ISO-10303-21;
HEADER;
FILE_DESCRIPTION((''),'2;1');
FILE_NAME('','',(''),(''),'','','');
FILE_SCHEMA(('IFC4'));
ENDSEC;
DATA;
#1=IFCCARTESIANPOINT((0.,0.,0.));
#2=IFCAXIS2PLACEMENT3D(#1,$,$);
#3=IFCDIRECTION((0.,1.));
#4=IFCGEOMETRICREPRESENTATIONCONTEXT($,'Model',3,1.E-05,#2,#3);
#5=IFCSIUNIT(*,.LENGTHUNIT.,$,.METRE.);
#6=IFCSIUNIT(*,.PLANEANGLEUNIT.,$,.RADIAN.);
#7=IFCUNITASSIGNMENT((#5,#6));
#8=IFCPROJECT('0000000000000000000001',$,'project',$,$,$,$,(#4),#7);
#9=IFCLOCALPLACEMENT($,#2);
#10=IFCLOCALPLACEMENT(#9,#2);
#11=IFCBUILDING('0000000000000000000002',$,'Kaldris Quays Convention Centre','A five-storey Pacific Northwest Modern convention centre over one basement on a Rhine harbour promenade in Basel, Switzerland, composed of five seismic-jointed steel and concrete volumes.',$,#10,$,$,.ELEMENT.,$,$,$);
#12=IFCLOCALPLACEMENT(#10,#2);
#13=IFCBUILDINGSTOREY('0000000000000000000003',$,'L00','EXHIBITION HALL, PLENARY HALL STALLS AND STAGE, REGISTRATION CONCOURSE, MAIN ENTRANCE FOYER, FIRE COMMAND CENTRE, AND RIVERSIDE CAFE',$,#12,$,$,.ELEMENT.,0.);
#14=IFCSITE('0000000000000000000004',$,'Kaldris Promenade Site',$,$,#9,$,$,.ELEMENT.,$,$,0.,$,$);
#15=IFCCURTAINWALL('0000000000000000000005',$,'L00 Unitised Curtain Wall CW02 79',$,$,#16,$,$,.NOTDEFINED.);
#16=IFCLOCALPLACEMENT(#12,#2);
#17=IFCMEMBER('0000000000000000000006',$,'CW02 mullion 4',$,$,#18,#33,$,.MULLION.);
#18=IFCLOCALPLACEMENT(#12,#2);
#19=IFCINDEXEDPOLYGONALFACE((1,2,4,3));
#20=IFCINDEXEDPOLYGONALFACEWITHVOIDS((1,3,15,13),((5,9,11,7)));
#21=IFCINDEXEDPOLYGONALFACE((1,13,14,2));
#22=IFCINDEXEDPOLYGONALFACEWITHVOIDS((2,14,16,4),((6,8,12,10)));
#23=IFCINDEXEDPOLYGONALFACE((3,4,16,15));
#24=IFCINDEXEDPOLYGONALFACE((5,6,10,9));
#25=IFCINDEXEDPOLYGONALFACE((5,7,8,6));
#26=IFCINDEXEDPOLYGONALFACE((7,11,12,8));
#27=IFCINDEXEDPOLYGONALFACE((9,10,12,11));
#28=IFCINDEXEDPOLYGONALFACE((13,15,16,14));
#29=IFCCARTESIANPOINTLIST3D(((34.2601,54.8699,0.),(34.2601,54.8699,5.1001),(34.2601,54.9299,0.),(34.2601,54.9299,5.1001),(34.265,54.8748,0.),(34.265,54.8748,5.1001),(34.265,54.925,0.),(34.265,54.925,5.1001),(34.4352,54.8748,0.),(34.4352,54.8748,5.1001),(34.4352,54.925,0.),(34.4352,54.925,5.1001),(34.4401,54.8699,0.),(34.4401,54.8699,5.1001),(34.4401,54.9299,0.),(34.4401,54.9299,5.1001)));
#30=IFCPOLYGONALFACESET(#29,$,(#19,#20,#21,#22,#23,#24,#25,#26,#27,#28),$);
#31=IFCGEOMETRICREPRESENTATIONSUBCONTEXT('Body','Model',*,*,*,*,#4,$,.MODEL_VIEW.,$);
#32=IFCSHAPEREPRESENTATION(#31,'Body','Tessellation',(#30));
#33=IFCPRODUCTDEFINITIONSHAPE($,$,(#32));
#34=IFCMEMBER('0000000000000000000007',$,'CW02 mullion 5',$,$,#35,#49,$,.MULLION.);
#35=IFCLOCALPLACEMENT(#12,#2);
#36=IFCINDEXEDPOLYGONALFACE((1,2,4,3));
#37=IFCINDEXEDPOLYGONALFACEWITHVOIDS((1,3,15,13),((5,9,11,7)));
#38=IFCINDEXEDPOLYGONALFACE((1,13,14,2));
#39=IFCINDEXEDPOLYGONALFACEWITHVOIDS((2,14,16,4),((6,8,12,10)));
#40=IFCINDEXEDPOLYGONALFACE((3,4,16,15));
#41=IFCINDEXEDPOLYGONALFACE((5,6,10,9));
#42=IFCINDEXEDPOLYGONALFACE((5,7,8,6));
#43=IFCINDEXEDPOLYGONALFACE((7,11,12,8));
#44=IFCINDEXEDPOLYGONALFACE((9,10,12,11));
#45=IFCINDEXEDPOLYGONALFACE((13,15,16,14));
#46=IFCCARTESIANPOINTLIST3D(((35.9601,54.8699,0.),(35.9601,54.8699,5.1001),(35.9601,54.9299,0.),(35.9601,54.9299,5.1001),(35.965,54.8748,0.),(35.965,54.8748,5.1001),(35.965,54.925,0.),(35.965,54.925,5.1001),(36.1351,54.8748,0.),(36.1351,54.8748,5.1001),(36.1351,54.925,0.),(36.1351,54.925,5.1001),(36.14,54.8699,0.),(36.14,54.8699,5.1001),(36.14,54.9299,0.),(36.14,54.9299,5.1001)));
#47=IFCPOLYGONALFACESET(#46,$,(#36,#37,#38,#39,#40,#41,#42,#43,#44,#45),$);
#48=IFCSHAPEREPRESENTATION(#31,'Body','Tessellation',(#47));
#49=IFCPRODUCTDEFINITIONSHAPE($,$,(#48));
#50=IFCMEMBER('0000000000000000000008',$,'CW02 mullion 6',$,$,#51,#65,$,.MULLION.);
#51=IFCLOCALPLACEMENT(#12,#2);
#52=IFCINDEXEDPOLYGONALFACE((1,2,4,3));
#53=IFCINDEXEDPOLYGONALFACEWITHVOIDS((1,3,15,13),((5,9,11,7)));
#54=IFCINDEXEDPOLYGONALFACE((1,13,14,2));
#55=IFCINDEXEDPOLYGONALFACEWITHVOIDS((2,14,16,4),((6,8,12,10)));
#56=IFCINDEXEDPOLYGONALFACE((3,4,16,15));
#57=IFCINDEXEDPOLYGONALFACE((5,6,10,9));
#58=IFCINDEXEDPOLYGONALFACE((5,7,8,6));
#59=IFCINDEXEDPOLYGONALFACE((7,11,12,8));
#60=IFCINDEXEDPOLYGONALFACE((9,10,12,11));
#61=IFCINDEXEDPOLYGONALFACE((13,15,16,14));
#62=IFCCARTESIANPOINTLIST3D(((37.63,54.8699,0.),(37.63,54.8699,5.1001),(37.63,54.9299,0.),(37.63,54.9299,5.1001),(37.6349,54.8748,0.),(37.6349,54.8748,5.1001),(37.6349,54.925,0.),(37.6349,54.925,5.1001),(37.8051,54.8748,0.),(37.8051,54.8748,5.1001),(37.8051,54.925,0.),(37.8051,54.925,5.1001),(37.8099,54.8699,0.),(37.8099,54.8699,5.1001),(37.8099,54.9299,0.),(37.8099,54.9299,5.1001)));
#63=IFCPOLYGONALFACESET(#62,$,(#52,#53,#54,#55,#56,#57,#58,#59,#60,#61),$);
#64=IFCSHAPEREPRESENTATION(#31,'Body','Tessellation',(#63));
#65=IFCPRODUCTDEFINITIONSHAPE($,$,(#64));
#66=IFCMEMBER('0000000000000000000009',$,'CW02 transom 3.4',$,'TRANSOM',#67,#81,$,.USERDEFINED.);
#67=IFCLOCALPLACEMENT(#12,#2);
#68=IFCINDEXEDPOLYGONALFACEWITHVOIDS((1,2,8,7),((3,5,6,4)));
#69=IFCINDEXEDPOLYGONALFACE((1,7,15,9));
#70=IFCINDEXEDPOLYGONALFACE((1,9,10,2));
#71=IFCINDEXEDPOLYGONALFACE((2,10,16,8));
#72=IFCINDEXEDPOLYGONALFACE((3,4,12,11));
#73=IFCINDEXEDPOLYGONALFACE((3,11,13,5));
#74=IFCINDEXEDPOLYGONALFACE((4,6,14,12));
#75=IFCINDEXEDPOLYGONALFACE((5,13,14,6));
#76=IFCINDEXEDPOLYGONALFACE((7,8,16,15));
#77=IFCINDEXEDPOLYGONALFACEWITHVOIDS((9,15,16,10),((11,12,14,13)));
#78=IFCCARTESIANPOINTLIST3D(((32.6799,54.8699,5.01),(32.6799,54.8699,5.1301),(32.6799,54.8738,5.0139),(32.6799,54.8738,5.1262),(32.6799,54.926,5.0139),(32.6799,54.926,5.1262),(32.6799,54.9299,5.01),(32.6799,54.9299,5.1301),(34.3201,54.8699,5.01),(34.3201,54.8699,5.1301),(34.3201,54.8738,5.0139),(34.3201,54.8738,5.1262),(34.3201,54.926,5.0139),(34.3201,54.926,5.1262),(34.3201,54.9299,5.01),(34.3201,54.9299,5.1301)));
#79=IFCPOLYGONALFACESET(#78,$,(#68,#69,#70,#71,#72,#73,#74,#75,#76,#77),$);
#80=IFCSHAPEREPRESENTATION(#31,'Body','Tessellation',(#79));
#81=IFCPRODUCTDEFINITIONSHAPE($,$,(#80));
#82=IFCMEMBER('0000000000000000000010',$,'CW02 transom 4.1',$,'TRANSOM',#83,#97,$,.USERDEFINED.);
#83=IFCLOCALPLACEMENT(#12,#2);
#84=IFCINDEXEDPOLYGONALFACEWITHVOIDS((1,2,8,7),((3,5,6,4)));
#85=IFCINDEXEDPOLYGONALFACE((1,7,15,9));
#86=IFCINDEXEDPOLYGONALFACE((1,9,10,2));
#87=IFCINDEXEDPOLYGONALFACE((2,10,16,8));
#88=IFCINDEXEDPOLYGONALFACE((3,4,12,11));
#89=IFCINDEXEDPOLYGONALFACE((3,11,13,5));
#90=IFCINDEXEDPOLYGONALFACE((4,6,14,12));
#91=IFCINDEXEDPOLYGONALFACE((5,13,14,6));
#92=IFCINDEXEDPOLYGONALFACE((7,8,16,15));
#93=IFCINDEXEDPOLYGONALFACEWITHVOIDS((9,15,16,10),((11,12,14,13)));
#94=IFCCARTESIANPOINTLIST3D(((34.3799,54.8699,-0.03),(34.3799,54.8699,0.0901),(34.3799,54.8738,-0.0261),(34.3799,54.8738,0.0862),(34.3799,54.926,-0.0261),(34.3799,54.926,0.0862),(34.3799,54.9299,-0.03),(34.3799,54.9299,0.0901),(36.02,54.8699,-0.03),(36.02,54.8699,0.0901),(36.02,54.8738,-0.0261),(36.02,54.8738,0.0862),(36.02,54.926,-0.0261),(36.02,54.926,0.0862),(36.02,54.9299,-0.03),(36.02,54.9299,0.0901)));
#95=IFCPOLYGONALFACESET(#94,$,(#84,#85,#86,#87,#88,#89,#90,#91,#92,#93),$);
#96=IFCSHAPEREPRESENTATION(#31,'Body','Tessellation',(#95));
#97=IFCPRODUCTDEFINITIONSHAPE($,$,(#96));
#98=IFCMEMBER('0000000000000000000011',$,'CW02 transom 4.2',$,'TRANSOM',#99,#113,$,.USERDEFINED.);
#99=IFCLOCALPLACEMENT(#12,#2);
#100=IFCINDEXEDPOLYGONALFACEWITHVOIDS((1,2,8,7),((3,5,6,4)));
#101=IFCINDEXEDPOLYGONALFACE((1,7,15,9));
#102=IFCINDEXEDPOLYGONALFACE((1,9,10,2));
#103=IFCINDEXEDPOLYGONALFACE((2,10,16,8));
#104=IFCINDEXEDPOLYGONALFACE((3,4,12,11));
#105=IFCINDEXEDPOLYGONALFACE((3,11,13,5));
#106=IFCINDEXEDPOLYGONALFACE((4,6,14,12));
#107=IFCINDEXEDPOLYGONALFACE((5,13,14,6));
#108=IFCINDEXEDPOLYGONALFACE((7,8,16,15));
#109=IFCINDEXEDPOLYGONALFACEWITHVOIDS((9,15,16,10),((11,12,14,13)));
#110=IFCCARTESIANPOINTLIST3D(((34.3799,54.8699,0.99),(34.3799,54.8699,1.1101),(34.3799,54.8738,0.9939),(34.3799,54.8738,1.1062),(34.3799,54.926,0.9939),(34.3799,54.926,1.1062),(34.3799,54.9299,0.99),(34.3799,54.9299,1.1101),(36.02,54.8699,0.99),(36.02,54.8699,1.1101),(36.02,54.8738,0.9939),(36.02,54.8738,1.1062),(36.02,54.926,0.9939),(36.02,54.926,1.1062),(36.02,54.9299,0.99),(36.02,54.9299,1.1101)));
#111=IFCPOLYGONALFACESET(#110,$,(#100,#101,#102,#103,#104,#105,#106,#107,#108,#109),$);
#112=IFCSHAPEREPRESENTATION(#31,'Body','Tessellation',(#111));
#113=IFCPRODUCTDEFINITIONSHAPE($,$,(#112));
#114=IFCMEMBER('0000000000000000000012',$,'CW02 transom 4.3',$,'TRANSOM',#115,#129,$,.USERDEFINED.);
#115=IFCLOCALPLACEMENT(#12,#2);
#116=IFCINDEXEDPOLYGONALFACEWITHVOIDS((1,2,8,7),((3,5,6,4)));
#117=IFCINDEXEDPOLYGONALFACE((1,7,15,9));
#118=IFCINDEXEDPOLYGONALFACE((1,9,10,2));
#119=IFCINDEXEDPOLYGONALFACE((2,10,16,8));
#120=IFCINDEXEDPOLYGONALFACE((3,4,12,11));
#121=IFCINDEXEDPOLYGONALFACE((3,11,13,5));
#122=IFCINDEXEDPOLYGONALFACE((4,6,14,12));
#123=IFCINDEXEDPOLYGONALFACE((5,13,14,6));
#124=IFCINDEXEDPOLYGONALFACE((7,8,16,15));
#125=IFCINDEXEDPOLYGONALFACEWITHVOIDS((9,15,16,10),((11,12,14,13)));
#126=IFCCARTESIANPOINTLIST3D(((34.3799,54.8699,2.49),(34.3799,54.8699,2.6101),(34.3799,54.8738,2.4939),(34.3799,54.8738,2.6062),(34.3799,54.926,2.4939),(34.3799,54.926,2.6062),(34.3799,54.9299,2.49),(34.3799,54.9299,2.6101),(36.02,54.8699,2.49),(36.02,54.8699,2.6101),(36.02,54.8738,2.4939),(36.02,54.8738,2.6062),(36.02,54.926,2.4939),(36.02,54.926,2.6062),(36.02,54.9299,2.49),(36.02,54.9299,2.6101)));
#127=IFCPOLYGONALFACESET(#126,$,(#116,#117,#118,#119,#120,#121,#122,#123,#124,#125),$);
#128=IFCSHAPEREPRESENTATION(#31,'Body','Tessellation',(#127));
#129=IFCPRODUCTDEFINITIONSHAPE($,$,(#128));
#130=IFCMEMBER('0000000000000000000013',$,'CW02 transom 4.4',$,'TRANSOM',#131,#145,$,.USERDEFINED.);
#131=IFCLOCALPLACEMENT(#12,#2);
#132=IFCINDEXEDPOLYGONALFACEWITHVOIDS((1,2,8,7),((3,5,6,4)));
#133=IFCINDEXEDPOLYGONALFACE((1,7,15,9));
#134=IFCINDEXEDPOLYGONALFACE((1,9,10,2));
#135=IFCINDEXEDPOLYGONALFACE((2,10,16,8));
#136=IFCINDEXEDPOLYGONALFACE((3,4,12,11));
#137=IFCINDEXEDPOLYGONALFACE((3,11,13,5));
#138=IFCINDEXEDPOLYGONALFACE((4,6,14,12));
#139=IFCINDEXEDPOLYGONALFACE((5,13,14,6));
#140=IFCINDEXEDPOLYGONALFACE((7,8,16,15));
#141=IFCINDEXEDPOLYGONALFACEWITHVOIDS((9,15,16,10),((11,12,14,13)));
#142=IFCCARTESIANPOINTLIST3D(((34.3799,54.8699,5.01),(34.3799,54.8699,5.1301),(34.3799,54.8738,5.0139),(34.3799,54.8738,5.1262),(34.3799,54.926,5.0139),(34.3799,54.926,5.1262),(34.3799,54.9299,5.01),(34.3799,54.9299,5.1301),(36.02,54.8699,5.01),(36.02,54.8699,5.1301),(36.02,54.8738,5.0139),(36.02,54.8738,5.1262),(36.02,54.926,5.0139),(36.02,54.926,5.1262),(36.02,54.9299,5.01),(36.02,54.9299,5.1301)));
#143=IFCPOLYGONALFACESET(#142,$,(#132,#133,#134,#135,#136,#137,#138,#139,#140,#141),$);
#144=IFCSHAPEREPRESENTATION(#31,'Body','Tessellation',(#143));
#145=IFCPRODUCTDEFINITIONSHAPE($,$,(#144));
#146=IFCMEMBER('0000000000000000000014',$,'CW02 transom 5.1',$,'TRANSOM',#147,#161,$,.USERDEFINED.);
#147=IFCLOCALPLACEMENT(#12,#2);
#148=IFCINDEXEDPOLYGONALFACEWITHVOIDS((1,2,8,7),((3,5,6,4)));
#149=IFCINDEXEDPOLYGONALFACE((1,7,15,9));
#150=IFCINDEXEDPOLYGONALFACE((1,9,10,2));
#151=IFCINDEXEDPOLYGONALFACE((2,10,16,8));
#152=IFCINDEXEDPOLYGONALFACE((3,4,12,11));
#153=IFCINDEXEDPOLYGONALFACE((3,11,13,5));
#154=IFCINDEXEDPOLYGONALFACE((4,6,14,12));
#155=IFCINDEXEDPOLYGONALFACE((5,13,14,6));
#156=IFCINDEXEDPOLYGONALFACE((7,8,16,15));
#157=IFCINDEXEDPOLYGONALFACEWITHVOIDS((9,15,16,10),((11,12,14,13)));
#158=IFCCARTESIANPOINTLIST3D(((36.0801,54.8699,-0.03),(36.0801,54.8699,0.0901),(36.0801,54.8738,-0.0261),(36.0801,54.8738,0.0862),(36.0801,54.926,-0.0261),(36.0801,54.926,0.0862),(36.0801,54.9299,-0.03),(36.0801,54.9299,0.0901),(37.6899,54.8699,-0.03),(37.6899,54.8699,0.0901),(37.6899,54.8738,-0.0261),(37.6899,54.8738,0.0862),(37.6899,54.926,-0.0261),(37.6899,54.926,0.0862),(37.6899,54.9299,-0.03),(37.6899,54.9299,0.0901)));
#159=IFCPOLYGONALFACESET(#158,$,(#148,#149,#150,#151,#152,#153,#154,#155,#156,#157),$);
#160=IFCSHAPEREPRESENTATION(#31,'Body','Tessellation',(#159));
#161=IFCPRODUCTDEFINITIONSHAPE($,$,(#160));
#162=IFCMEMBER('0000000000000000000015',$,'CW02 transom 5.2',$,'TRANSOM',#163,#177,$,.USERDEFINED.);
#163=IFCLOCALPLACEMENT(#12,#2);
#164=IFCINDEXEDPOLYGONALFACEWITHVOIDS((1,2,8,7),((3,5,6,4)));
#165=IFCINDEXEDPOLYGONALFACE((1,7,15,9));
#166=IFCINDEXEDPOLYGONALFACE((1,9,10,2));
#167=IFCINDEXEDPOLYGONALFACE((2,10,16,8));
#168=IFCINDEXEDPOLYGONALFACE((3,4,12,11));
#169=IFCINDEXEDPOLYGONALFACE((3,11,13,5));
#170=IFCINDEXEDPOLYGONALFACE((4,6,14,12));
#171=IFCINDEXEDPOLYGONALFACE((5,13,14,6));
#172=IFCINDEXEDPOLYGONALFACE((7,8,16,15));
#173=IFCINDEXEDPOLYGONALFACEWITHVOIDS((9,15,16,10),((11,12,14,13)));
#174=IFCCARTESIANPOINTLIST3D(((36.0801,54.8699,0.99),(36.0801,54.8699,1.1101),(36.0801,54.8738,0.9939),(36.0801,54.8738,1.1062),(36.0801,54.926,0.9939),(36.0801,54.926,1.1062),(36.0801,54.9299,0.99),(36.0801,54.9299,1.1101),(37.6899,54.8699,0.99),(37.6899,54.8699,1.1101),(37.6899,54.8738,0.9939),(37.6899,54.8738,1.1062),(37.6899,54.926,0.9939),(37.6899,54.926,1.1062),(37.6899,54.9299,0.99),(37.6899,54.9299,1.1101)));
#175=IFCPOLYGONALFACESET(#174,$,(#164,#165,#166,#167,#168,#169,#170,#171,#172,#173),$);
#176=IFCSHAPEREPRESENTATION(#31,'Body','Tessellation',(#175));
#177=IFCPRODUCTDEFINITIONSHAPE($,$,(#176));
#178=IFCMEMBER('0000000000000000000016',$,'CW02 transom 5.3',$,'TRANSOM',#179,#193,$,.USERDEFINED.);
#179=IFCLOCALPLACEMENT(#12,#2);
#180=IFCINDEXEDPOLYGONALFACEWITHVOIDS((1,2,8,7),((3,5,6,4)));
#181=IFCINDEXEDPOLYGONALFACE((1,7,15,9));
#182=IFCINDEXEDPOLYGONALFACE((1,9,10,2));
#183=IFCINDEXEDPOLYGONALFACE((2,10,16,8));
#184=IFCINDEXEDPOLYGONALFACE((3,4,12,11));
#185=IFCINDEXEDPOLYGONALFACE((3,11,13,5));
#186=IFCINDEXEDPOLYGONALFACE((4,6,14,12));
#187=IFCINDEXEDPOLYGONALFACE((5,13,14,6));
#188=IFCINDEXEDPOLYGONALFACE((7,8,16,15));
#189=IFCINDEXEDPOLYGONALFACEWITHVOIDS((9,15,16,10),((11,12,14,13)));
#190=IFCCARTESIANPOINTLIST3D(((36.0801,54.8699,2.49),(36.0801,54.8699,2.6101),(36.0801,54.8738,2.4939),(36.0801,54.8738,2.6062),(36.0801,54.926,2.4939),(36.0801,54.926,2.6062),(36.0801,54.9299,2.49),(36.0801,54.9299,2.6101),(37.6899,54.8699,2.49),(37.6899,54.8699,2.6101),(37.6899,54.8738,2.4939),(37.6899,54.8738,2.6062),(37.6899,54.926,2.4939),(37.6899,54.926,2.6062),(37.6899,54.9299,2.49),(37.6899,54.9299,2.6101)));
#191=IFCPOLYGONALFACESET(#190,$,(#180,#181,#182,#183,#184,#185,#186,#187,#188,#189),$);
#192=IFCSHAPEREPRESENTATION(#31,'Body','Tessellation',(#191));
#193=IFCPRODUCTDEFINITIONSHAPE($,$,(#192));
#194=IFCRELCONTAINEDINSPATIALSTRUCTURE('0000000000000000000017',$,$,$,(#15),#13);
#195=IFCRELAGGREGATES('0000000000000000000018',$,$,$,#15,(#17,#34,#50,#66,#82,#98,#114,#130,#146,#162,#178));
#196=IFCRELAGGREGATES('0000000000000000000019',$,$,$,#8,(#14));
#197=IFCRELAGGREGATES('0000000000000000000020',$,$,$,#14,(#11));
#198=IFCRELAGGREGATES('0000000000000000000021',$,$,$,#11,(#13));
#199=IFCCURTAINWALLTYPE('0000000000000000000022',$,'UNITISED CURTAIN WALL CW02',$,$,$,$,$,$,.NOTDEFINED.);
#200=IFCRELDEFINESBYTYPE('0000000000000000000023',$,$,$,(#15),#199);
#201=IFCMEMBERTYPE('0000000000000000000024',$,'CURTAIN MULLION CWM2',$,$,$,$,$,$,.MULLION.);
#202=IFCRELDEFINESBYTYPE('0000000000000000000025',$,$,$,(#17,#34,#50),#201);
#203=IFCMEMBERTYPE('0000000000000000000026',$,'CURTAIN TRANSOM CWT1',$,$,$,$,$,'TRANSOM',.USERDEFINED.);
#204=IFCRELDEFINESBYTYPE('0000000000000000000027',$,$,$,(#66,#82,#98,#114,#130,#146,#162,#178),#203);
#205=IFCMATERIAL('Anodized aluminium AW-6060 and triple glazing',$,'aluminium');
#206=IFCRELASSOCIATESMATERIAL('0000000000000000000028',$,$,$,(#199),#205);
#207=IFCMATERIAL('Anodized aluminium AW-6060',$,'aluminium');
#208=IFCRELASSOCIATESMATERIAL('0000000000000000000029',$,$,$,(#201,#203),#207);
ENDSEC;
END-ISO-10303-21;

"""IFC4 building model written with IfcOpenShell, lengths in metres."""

from ifc_helpers import new_model, si_unit, direction, frame, origin, origin_2d, place, context, subcontext, project, spatial, hollow_rectangle, extrude, material, material_profile, profile_set, type_object, element, aggregate, save


model = new_model("IFC4")

# Units and contexts
model_context = context("Model", 3, precision=1e-05, world=origin(), true_north=direction((0.0, 1.0)))
body_context = subcontext(model_context, "Body", "Model", "MODEL_VIEW")
ifc_project = project(units=[si_unit("LENGTHUNIT", "METRE"), si_unit("PLANEANGLEUNIT", "RADIAN")], contexts=[model_context])

# Site, building, storey
site_placement = place(None, origin())
site = spatial("IfcSite", under=ifc_project, at=site_placement, Name="Kaldris Promenade Site", CompositionType="ELEMENT", RefElevation=0.0)
building_placement = place(site_placement, origin())
building = spatial("IfcBuilding", under=site, at=building_placement, Name="Kaldris Quays Convention Centre", Description="A five-storey Pacific Northwest Modern convention centre over one basement on a Rhine harbour promenade in Basel, Switzerland, composed of five seismic-jointed steel and concrete volumes.", CompositionType="ELEMENT")
storey_placement = place(building_placement, origin())
storey = spatial("IfcBuildingStorey", under=building, at=storey_placement, Name="L00", Description="EXHIBITION HALL, PLENARY HALL STALLS AND STAGE, REGISTRATION CONCOURSE, MAIN ENTRANCE FOYER, FIRE COMMAND CENTRE, AND RIVERSIDE CAFE", CompositionType="ELEMENT", Elevation=0.0)

# Curtain wall, members
ifc_material_1 = material(Name="Anodized aluminium AW-6060 and triple glazing", Category="aluminium")
curtain_wall_type = type_object("IfcCurtainWallType", Name="UNITISED CURTAIN WALL CW02", PredefinedType="NOTDEFINED", material=ifc_material_1)
curtain_wall_placement = place(storey_placement, origin())
curtain_wall = element("IfcCurtainWall", 1, at=curtain_wall_placement, inside=storey, type_object=curtain_wall_type, Name="L00 Unitised Curtain Wall CW02 79", PredefinedType="NOTDEFINED")
ifc_material_2 = material(Name="Anodized aluminium AW-6060", Category="aluminium")
ifc_material_profile_1 = material_profile(ifc_material_2, hollow_rectangle(XDim=0.0601, YDim=0.1799, WallThickness=0.0049, at=origin_2d()), Name="RHS 180x60x5")
ifc_profile_set_1 = profile_set([ifc_material_profile_1], Name="Anodized aluminium AW-6060")
member_type_1 = type_object("IfcMemberType", Name="CURTAIN MULLION CWM2", PredefinedType="MULLION", material=ifc_profile_set_1)
member_1_placement = place(storey_placement, frame((34.3501, 54.8999, 0.0), z_axis=(0.0, 0.0, 1.0), x_axis=(0.0, 1.0, 0.0)))
member_1 = element("IfcMember", 2, at=member_1_placement, type_object=member_type_1, Name="CW02 mullion 4", PredefinedType="MULLION", context=body_context, shape_type="SweptSolid", body=[
    extrude(hollow_rectangle(XDim=0.0601, YDim=0.1799, WallThickness=0.0049, at=origin_2d()), origin(), (0.0, 0.0, 1.0), 5.1001),
])
member_2_placement = place(storey_placement, frame((36.05, 54.8999, 0.0), z_axis=(0.0, 0.0, 1.0), x_axis=(0.0, 1.0, 0.0)))
member_2 = element("IfcMember", 3, at=member_2_placement, type_object=member_type_1, Name="CW02 mullion 5", PredefinedType="MULLION", context=body_context, shape_type="SweptSolid", body=[
    extrude(hollow_rectangle(XDim=0.0601, YDim=0.1799, WallThickness=0.0049, at=origin_2d()), origin(), (0.0, 0.0, 1.0), 5.1001),
])
member_3_placement = place(storey_placement, frame((37.72, 54.8999, 0.0), z_axis=(0.0, 0.0, 1.0), x_axis=(0.0, 1.0, 0.0)))
member_3 = element("IfcMember", 4, at=member_3_placement, type_object=member_type_1, Name="CW02 mullion 6", PredefinedType="MULLION", context=body_context, shape_type="SweptSolid", body=[
    extrude(hollow_rectangle(XDim=0.0601, YDim=0.1799, WallThickness=0.0049, at=origin_2d()), origin(), (0.0, 0.0, 1.0), 5.1001),
])
ifc_material_profile_2 = material_profile(ifc_material_2, hollow_rectangle(XDim=0.0601, YDim=0.1201, WallThickness=0.0039, at=origin_2d()), Name="RHS 120x60x4")
ifc_profile_set_2 = profile_set([ifc_material_profile_2], Name="Anodized aluminium AW-6060")
member_type_2 = type_object("IfcMemberType", Name="CURTAIN TRANSOM CWT1", ElementType="TRANSOM", PredefinedType="USERDEFINED", material=ifc_profile_set_2)
member_4_placement = place(storey_placement, frame((32.6799, 54.8999, 5.0701), z_axis=(1.0, 0.0, 0.0), x_axis=(0.0, 1.0, 0.0)))
member_4 = element("IfcMember", 5, at=member_4_placement, type_object=member_type_2, Name="CW02 transom 3.4", ObjectType="TRANSOM", PredefinedType="USERDEFINED", context=body_context, shape_type="SweptSolid", body=[
    extrude(hollow_rectangle(XDim=0.0601, YDim=0.1201, WallThickness=0.0039, at=origin_2d()), origin(), (0.0, 0.0, 1.0), 1.6401),
])
member_5_placement = place(storey_placement, frame((34.3799, 54.8999, 0.03), z_axis=(1.0, 0.0, 0.0), x_axis=(0.0, 1.0, 0.0)))
member_5 = element("IfcMember", 6, at=member_5_placement, type_object=member_type_2, Name="CW02 transom 4.1", ObjectType="TRANSOM", PredefinedType="USERDEFINED", context=body_context, shape_type="SweptSolid", body=[
    extrude(hollow_rectangle(XDim=0.0601, YDim=0.1201, WallThickness=0.0039, at=origin_2d()), origin(), (0.0, 0.0, 1.0), 1.6401),
])
member_6_placement = place(storey_placement, frame((34.3799, 54.8999, 1.05), z_axis=(1.0, 0.0, 0.0), x_axis=(0.0, 1.0, 0.0)))
member_6 = element("IfcMember", 7, at=member_6_placement, type_object=member_type_2, Name="CW02 transom 4.2", ObjectType="TRANSOM", PredefinedType="USERDEFINED", context=body_context, shape_type="SweptSolid", body=[
    extrude(hollow_rectangle(XDim=0.0601, YDim=0.1201, WallThickness=0.0039, at=origin_2d()), origin(), (0.0, 0.0, 1.0), 1.6401),
])
member_7_placement = place(storey_placement, frame((34.3799, 54.8999, 2.55), z_axis=(1.0, 0.0, 0.0), x_axis=(0.0, 1.0, 0.0)))
member_7 = element("IfcMember", 8, at=member_7_placement, type_object=member_type_2, Name="CW02 transom 4.3", ObjectType="TRANSOM", PredefinedType="USERDEFINED", context=body_context, shape_type="SweptSolid", body=[
    extrude(hollow_rectangle(XDim=0.0601, YDim=0.1201, WallThickness=0.0039, at=origin_2d()), origin(), (0.0, 0.0, 1.0), 1.6401),
])
member_8_placement = place(storey_placement, frame((34.3799, 54.8999, 5.0701), z_axis=(1.0, 0.0, 0.0), x_axis=(0.0, 1.0, 0.0)))
member_8 = element("IfcMember", 9, at=member_8_placement, type_object=member_type_2, Name="CW02 transom 4.4", ObjectType="TRANSOM", PredefinedType="USERDEFINED", context=body_context, shape_type="SweptSolid", body=[
    extrude(hollow_rectangle(XDim=0.0601, YDim=0.1201, WallThickness=0.0039, at=origin_2d()), origin(), (0.0, 0.0, 1.0), 1.6401),
])
member_9_placement = place(storey_placement, frame((36.0801, 54.8999, 0.03), z_axis=(1.0, 0.0, 0.0), x_axis=(0.0, 1.0, 0.0)))
member_9 = element("IfcMember", 10, at=member_9_placement, type_object=member_type_2, Name="CW02 transom 5.1", ObjectType="TRANSOM", PredefinedType="USERDEFINED", context=body_context, shape_type="SweptSolid", body=[
    extrude(hollow_rectangle(XDim=0.0601, YDim=0.1201, WallThickness=0.0039, at=origin_2d()), origin(), (0.0, 0.0, 1.0), 1.6099),
])
member_10_placement = place(storey_placement, frame((36.0801, 54.8999, 1.05), z_axis=(1.0, 0.0, 0.0), x_axis=(0.0, 1.0, 0.0)))
member_10 = element("IfcMember", 11, at=member_10_placement, type_object=member_type_2, Name="CW02 transom 5.2", ObjectType="TRANSOM", PredefinedType="USERDEFINED", context=body_context, shape_type="SweptSolid", body=[
    extrude(hollow_rectangle(XDim=0.0601, YDim=0.1201, WallThickness=0.0039, at=origin_2d()), origin(), (0.0, 0.0, 1.0), 1.6099),
])
member_11_placement = place(storey_placement, frame((36.0801, 54.8999, 2.55), z_axis=(1.0, 0.0, 0.0), x_axis=(0.0, 1.0, 0.0)))
member_11 = element("IfcMember", 12, at=member_11_placement, type_object=member_type_2, Name="CW02 transom 5.3", ObjectType="TRANSOM", PredefinedType="USERDEFINED", context=body_context, shape_type="SweptSolid", body=[
    extrude(hollow_rectangle(XDim=0.0601, YDim=0.1201, WallThickness=0.0039, at=origin_2d()), origin(), (0.0, 0.0, 1.0), 1.6099),
])

aggregate(curtain_wall, [member_1, member_2, member_3, member_4, member_5, member_6, member_7, member_8, member_9, member_10, member_11])

save(model, "model.ifc")
